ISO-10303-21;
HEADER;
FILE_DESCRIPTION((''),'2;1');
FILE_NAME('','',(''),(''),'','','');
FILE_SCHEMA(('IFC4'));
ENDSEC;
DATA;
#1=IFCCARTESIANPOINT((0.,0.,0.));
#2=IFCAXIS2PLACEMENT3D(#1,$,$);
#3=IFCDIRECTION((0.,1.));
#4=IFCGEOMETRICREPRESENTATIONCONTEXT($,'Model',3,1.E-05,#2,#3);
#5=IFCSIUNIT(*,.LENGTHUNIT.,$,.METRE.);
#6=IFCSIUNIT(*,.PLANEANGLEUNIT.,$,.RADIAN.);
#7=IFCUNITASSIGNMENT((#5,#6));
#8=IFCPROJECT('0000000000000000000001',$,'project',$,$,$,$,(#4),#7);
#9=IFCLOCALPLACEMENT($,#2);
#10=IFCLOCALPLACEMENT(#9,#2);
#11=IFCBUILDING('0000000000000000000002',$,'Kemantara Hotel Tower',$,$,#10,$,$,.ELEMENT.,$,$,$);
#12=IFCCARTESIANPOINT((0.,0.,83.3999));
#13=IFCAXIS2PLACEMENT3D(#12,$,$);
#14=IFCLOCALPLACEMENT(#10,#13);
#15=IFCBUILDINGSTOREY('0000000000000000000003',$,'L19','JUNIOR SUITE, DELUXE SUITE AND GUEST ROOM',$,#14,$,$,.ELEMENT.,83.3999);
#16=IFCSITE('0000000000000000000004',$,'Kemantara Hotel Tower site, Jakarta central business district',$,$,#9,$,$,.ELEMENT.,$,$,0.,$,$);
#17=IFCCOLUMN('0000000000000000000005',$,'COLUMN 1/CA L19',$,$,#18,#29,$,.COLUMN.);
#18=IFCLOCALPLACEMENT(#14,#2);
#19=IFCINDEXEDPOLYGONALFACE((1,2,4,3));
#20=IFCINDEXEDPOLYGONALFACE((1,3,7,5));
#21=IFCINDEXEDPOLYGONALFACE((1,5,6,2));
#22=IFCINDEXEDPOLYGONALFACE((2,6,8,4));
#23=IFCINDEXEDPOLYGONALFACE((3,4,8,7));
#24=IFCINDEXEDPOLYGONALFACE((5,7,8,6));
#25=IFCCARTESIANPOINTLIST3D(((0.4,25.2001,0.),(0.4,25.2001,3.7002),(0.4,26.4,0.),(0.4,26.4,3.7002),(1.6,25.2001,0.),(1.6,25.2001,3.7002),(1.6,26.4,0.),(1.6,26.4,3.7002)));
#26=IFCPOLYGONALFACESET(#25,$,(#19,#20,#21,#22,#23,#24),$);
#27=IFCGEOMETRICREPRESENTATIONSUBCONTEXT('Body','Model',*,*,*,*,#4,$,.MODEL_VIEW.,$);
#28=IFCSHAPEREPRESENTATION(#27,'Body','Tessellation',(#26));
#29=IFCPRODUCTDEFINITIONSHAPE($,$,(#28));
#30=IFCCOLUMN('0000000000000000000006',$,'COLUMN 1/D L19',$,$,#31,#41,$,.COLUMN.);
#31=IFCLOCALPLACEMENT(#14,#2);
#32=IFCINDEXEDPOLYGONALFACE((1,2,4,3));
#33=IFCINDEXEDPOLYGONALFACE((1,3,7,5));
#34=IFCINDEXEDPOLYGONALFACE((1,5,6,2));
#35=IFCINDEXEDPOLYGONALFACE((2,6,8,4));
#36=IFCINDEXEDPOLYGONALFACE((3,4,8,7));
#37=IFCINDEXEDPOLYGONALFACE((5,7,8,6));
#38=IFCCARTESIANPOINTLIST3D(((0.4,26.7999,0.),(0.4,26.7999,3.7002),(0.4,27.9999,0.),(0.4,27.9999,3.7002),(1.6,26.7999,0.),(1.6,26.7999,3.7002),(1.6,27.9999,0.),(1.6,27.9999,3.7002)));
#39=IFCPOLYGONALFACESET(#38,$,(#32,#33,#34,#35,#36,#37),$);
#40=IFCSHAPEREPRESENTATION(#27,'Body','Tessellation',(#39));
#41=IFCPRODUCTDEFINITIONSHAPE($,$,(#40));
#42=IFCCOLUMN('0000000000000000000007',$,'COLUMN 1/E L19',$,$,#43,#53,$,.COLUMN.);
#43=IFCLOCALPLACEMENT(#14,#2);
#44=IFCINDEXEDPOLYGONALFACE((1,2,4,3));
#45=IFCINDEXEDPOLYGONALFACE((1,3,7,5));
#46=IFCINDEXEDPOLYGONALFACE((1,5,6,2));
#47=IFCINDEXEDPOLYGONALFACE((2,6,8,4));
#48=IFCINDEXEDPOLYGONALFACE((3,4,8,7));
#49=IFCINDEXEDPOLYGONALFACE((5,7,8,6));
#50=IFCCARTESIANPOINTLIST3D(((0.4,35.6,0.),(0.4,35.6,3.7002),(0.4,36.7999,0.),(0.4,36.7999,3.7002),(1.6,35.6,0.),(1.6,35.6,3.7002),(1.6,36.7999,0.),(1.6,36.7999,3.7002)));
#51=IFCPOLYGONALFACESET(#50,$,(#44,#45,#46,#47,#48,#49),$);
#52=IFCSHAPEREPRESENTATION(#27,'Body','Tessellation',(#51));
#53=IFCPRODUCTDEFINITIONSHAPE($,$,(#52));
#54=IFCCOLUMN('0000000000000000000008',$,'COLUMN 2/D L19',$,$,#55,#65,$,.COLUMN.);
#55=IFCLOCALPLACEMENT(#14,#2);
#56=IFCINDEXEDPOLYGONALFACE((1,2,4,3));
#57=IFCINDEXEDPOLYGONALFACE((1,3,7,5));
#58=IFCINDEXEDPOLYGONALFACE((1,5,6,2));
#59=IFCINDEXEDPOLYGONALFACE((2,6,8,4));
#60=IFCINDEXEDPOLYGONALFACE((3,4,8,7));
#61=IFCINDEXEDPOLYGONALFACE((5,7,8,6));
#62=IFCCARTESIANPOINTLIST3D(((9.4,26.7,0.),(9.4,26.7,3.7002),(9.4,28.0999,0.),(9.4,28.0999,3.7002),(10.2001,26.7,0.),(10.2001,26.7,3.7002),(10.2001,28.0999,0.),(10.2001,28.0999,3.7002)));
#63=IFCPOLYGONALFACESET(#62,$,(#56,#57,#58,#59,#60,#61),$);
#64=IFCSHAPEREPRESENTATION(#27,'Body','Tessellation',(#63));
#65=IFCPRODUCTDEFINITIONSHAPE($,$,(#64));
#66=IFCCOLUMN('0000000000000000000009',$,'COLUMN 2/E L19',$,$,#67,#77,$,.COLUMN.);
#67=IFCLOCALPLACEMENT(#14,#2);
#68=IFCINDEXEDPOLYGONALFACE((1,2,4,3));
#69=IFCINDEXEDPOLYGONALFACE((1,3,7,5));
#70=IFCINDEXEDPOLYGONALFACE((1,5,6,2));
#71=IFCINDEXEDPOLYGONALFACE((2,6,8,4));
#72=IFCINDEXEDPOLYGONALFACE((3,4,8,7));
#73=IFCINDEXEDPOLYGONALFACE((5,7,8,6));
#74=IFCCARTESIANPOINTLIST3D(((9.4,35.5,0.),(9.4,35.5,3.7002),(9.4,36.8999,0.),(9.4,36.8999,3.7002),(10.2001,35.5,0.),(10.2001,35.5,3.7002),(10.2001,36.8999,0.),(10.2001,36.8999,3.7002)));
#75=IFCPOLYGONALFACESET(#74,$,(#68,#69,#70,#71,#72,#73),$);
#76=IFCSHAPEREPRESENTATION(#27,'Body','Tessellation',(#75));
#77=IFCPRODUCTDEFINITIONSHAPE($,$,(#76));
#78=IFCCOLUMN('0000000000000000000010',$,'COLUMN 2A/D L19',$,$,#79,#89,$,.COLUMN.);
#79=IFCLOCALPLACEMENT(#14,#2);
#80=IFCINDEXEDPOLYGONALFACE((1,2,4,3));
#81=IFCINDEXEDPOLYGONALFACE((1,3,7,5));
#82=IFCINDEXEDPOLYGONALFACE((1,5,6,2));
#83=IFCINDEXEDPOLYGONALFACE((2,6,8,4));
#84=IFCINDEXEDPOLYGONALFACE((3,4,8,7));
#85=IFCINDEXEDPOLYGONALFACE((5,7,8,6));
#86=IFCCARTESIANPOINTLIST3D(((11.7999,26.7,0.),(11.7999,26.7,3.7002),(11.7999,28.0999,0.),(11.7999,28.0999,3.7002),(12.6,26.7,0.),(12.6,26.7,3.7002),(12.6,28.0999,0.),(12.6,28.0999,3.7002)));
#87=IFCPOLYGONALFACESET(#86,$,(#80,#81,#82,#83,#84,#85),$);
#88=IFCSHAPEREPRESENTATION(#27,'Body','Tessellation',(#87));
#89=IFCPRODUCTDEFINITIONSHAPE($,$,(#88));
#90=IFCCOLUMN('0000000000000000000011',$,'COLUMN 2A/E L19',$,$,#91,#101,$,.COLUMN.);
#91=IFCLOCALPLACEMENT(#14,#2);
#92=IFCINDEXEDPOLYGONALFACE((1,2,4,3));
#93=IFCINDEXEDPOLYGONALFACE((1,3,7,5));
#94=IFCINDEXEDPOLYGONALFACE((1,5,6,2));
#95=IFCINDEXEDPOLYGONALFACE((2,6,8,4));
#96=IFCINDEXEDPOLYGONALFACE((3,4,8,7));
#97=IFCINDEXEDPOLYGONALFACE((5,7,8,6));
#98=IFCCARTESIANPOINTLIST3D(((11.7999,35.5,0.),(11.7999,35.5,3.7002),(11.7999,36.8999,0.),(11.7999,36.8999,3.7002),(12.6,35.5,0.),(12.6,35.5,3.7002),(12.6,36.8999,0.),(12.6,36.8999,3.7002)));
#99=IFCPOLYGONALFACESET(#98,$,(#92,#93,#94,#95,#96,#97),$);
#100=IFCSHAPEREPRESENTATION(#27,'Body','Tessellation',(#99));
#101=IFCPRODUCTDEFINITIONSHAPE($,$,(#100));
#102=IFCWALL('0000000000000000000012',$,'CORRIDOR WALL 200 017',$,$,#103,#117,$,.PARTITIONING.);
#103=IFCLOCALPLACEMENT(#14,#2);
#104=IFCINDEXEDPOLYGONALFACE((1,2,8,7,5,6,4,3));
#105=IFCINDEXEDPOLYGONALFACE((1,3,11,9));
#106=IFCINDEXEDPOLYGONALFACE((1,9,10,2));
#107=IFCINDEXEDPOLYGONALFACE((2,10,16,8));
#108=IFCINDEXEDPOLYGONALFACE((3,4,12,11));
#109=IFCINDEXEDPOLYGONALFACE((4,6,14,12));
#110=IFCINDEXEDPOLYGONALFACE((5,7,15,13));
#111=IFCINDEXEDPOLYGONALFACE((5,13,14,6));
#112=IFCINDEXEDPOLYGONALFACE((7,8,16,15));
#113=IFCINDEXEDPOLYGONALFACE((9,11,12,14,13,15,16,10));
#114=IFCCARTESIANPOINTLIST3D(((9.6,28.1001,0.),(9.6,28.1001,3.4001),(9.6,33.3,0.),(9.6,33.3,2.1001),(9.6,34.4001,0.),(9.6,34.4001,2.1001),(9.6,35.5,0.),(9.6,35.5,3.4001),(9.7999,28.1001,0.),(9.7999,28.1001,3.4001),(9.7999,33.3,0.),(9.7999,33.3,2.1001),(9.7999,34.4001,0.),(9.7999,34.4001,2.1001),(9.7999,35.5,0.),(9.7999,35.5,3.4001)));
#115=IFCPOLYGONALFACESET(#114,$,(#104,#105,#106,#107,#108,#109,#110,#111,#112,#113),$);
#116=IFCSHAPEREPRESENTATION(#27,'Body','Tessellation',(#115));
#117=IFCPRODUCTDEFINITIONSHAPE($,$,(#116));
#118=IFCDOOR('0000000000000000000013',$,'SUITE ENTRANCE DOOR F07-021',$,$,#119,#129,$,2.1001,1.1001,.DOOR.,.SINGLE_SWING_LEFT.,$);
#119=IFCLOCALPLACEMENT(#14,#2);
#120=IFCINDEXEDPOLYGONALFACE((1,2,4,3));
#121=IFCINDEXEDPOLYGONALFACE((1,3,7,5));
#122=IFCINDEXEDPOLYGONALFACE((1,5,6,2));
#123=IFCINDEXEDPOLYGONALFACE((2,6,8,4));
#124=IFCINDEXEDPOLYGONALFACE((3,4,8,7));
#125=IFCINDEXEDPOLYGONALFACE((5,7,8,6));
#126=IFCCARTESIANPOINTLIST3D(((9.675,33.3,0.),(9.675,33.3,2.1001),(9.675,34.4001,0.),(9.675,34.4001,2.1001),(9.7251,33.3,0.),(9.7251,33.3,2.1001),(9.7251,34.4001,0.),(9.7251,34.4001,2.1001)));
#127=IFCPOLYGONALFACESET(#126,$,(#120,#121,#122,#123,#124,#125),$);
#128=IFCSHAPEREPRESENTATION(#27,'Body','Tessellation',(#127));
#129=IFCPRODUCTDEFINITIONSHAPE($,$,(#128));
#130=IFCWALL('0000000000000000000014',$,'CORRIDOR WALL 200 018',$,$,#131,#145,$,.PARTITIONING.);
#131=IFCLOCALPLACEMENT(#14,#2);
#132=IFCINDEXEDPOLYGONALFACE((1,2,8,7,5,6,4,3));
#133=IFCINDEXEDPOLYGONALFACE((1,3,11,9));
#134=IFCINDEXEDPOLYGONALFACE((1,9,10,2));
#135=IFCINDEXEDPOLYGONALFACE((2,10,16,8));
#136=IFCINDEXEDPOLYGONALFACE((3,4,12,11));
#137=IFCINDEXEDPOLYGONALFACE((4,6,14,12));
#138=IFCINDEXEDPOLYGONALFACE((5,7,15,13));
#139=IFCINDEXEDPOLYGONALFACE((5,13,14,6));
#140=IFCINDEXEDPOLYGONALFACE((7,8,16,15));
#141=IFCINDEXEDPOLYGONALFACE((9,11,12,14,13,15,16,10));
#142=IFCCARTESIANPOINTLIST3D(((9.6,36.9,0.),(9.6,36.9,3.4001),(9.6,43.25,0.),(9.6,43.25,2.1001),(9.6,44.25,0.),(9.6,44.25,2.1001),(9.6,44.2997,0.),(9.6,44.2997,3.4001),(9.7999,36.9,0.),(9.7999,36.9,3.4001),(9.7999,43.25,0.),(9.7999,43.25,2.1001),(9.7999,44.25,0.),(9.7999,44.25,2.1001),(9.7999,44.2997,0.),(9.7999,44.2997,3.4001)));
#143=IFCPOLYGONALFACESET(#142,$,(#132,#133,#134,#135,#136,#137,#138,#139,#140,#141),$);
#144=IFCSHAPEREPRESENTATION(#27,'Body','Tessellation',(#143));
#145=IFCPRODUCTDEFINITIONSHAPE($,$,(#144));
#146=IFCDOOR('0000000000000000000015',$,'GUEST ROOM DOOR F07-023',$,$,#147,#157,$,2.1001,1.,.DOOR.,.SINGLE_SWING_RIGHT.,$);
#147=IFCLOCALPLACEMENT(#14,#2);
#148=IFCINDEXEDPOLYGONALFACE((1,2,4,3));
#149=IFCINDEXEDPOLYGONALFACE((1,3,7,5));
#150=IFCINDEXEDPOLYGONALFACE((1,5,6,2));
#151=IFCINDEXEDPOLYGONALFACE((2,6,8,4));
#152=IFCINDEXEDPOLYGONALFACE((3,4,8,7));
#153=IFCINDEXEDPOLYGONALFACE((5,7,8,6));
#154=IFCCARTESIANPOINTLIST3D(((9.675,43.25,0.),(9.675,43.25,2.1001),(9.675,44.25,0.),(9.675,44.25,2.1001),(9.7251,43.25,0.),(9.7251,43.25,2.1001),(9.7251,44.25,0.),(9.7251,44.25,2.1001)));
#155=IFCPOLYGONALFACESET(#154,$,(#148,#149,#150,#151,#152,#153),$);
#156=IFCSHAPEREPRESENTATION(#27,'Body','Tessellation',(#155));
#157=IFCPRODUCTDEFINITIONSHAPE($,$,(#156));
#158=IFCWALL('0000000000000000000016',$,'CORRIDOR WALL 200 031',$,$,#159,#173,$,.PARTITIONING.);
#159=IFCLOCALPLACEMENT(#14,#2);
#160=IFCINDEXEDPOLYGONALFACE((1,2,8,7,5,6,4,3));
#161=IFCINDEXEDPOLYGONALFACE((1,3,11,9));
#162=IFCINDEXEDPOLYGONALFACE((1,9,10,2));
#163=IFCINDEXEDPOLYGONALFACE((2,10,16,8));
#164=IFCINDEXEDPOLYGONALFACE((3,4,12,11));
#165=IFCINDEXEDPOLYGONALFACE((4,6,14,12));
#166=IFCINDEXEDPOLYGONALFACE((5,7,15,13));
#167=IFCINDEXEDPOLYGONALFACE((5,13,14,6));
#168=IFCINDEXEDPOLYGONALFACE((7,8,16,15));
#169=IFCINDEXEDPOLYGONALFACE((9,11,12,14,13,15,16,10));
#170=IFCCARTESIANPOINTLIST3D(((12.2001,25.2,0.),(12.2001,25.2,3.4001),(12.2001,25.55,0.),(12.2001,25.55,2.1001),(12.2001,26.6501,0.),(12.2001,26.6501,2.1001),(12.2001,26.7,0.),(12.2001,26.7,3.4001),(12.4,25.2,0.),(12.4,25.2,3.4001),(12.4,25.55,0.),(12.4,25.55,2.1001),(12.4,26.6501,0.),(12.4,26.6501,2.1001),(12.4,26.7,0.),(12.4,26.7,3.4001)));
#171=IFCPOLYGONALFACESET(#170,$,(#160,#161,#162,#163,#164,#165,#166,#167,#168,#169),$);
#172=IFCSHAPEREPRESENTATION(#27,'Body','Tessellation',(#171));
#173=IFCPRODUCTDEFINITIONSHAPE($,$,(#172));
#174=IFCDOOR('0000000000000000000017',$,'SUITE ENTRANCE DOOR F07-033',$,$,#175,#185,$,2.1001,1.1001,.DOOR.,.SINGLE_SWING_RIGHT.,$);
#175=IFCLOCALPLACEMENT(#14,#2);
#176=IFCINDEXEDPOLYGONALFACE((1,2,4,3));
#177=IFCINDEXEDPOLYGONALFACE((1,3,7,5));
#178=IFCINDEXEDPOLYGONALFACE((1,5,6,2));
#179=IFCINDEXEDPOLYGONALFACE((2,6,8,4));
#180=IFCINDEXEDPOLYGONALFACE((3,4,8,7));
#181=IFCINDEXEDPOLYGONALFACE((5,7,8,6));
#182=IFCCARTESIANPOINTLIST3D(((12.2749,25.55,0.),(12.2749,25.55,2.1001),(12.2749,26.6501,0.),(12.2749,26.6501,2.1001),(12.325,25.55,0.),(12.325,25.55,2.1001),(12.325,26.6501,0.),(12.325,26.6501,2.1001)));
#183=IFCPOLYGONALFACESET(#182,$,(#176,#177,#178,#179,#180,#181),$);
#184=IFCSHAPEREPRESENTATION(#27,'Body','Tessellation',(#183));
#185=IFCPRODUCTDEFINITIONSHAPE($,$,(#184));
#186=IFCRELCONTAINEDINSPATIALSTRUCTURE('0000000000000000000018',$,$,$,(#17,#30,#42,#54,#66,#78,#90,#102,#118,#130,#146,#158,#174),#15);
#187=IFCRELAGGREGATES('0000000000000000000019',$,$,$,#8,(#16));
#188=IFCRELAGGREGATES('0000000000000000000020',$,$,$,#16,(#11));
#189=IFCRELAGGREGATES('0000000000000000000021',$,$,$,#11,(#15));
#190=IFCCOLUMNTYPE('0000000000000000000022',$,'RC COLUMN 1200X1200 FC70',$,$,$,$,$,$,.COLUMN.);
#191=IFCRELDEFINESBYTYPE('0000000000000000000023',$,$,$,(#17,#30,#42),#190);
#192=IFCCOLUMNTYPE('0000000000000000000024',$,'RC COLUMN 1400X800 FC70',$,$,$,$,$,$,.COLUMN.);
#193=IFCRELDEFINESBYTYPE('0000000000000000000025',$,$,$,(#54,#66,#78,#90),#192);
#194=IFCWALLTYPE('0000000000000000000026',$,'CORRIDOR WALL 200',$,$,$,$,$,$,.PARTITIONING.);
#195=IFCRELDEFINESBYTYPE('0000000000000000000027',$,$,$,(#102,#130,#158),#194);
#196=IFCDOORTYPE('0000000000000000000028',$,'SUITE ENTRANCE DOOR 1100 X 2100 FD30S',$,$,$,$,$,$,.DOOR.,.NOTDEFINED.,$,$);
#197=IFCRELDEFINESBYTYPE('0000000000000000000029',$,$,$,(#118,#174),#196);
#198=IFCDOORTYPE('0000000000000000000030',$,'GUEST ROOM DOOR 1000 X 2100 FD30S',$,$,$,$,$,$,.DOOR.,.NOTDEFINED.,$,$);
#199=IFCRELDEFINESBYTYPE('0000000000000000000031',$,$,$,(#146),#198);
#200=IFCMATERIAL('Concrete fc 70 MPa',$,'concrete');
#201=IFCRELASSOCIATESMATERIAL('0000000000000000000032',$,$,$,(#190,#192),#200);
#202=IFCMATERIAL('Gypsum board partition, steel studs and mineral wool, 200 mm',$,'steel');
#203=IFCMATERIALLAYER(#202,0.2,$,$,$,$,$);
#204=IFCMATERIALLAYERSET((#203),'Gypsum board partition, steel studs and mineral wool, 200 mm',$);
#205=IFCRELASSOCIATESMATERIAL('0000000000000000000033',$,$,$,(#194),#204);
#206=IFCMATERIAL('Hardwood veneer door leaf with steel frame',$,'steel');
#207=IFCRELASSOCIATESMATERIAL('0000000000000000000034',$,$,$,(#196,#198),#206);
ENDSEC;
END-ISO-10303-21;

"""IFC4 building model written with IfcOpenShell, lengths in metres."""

from ifc_helpers import new_model, si_unit, direction, frame, frame_2d, origin, origin_2d, place, context, subcontext, project, spatial, rectangle, extrude, material, layer, layer_set, material_profile, profile_set, type_object, element, fill, save


model = new_model("IFC4")

# Units and contexts
model_context = context("Model", 3, precision=1e-05, world=origin(), true_north=direction((0.0, 1.0)))
body_context = subcontext(model_context, "Body", "Model", "MODEL_VIEW")
ifc_project = project(units=[si_unit("LENGTHUNIT", "METRE"), si_unit("PLANEANGLEUNIT", "RADIAN")], contexts=[model_context])

# Site, building, storey
site_placement = place(None, origin())
site = spatial("IfcSite", under=ifc_project, at=site_placement, Name="Kemantara Hotel Tower site, Jakarta central business district", CompositionType="ELEMENT", RefElevation=0.0)
building_placement = place(site_placement, origin())
building = spatial("IfcBuilding", under=site, at=building_placement, Name="Kemantara Hotel Tower", CompositionType="ELEMENT")
storey_placement = place(building_placement, frame((0.0, 0.0, 83.3999)))
storey = spatial("IfcBuildingStorey", under=building, at=storey_placement, Name="L19", Description="JUNIOR SUITE, DELUXE SUITE AND GUEST ROOM", CompositionType="ELEMENT", Elevation=83.3999)

# Columns
ifc_material_1 = material(Name="Concrete fc 70 MPa", Category="concrete")
ifc_material_profile_1 = material_profile(ifc_material_1, rectangle(XDim=1.2, YDim=1.2, at=origin_2d()), Name="RC 1200X1200")
ifc_profile_set_1 = profile_set([ifc_material_profile_1], Name="Concrete fc 70 MPa")
column_type_1 = type_object("IfcColumnType", Name="RC COLUMN 1200X1200 FC70", PredefinedType="COLUMN", material=ifc_profile_set_1)
for number, where, z_axis, x_axis, name in (
    (1, (1.0, 25.8, 0.0), (0.0, 0.0, 1.0), (1.0, 0.0, 0.0), "COLUMN 1/CA L19"),
    (2, (1.0, 27.3999, 0.0), (0.0, 0.0, 1.0), (1.0, 0.0, 0.0), "COLUMN 1/D L19"),
    (3, (1.0, 36.2, 0.0), (0.0, 0.0, 1.0), (1.0, 0.0, 0.0), "COLUMN 1/E L19"),
):
    element("IfcColumn", number, at=place(storey_placement, frame(where, z_axis=z_axis, x_axis=x_axis)), inside=storey, type_object=column_type_1, Name=name, PredefinedType="COLUMN", context=body_context, shape_type="SweptSolid", body=[
        extrude(rectangle(XDim=1.2, YDim=1.2, at=origin_2d()), origin(), (0.0, 0.0, 1.0), 3.7002),
    ])
ifc_material_profile_2 = material_profile(ifc_material_1, rectangle(XDim=1.3999, YDim=0.8, at=origin_2d()), Name="RC 1400X800")
ifc_profile_set_2 = profile_set([ifc_material_profile_2], Name="Concrete fc 70 MPa")
column_type_2 = type_object("IfcColumnType", Name="RC COLUMN 1400X800 FC70", PredefinedType="COLUMN", material=ifc_profile_set_2)
for number, where, z_axis, x_axis, name in (
    (4, (9.8, 27.3999, 0.0), (0.0, 0.0, 1.0), (0.0, 1.0, 0.0), "COLUMN 2/D L19"),
    (5, (9.8, 36.2, 0.0), (0.0, 0.0, 1.0), (0.0, 1.0, 0.0), "COLUMN 2/E L19"),
    (6, (12.2, 27.3999, 0.0), (0.0, 0.0, 1.0), (0.0, 1.0, 0.0), "COLUMN 2A/D L19"),
    (7, (12.2, 36.2, 0.0), (0.0, 0.0, 1.0), (0.0, 1.0, 0.0), "COLUMN 2A/E L19"),
):
    element("IfcColumn", number, at=place(storey_placement, frame(where, z_axis=z_axis, x_axis=x_axis)), inside=storey, type_object=column_type_2, Name=name, PredefinedType="COLUMN", context=body_context, shape_type="SweptSolid", body=[
        extrude(rectangle(XDim=1.3999, YDim=0.8, at=origin_2d()), origin(), (0.0, 0.0, 1.0), 3.7002),
    ])

# Walls, openings, doors
ifc_material_2 = material(Name="Gypsum board partition, steel studs and mineral wool, 200 mm", Category="steel")
ifc_layer_1 = layer(ifc_material_2, 0.2)
ifc_layer_set_1 = layer_set([ifc_layer_1], Name="Gypsum board partition, steel studs and mineral wool, 200 mm")
wall_type_1 = type_object("IfcWallType", Name="CORRIDOR WALL 200", PredefinedType="PARTITIONING", material=ifc_layer_set_1)
wall_1_placement = place(storey_placement, frame((9.7, 28.1001, 0.0), z_axis=(0.0, 0.0, 1.0), x_axis=(0.0, 1.0, 0.0)))
wall_1 = element("IfcWall", 8, at=wall_1_placement, inside=storey, type_object=wall_type_1, Name="CORRIDOR WALL 200 017", PredefinedType="PARTITIONING", context=body_context, shape_type="SweptSolid", body=[
    extrude(rectangle(XDim=7.3999, YDim=0.2, at=frame_2d((3.7, 0.0))), origin(), (0.0, 0.0, 1.0), 3.4001),
])
opening_1_placement = place(wall_1_placement, frame((5.2, 0.0, 0.0)))
opening_1 = element("IfcOpeningElement", 9, at=opening_1_placement, cuts=wall_1, PredefinedType="OPENING", context=body_context, shape_type="SweptSolid", body=[
    extrude(rectangle(XDim=1.1001, YDim=2.1001, at=frame_2d((0.55, 1.05))), frame((0.0, 0.1099, 0.0), z_axis=(0.0, -1.0, 0.0), x_axis=(1.0, 0.0, 0.0)), (0.0, 0.0, 1.0), 0.22),
])
ifc_material_3 = material(Name="Hardwood veneer door leaf with steel frame", Category="steel")
door_type_1 = type_object("IfcDoorType", Name="SUITE ENTRANCE DOOR 1100 X 2100 FD30S", OperationType="NOTDEFINED", PredefinedType="DOOR", material=ifc_material_3)
door_1_placement = place(opening_1_placement, origin())
door_1 = element("IfcDoor", 10, at=door_1_placement, inside=storey, type_object=door_type_1, Name="SUITE ENTRANCE DOOR F07-021", OperationType="SINGLE_SWING_LEFT", OverallHeight=2.1001, OverallWidth=1.1001, PredefinedType="DOOR", context=body_context, shape_type="SweptSolid", body=[
    extrude(rectangle(XDim=1.1001, YDim=2.1001, at=frame_2d((0.55, 1.05))), frame((0.0, 0.0249, 0.0), z_axis=(0.0, -1.0, 0.0), x_axis=(1.0, 0.0, 0.0)), (0.0, 0.0, 1.0), 0.05),
])
fill(opening_1, door_1)
wall_2_placement = place(storey_placement, frame((9.7, 36.9001, 0.0), z_axis=(0.0, 0.0, 1.0), x_axis=(0.0, 1.0, 0.0)))
wall_2 = element("IfcWall", 11, at=wall_2_placement, inside=storey, type_object=wall_type_1, Name="CORRIDOR WALL 200 018", PredefinedType="PARTITIONING", context=body_context, shape_type="SweptSolid", body=[
    extrude(rectangle(XDim=7.3997, YDim=0.2, at=frame_2d((3.6997, 0.0))), origin(), (0.0, 0.0, 1.0), 3.4001),
])
opening_2_placement = place(wall_2_placement, frame((6.3499, 0.0, 0.0)))
opening_2 = element("IfcOpeningElement", 12, at=opening_2_placement, cuts=wall_2, PredefinedType="OPENING", context=body_context, shape_type="SweptSolid", body=[
    extrude(rectangle(XDim=1.0, YDim=2.1001, at=frame_2d((0.5, 1.05))), frame((0.0, 0.1099, 0.0), z_axis=(0.0, -1.0, 0.0), x_axis=(1.0, 0.0, 0.0)), (0.0, 0.0, 1.0), 0.22),
])
door_type_2 = type_object("IfcDoorType", Name="GUEST ROOM DOOR 1000 X 2100 FD30S", OperationType="NOTDEFINED", PredefinedType="DOOR", material=ifc_material_3)
door_2_placement = place(opening_2_placement, origin())
door_2 = element("IfcDoor", 13, at=door_2_placement, inside=storey, type_object=door_type_2, Name="GUEST ROOM DOOR F07-023", OperationType="SINGLE_SWING_RIGHT", OverallHeight=2.1001, OverallWidth=1.0, PredefinedType="DOOR", context=body_context, shape_type="SweptSolid", body=[
    extrude(rectangle(XDim=1.0, YDim=2.1001, at=frame_2d((0.5, 1.05))), frame((0.0, 0.0249, 0.0), z_axis=(0.0, -1.0, 0.0), x_axis=(1.0, 0.0, 0.0)), (0.0, 0.0, 1.0), 0.05),
])
fill(opening_2, door_2)
wall_3_placement = place(storey_placement, frame((12.3, 26.7, 0.0), z_axis=(0.0, 0.0, 1.0), x_axis=(0.0, -1.0, 0.0)))
wall_3 = element("IfcWall", 14, at=wall_3_placement, inside=storey, type_object=wall_type_1, Name="CORRIDOR WALL 200 031", PredefinedType="PARTITIONING", context=body_context, shape_type="SweptSolid", body=[
    extrude(rectangle(XDim=1.5, YDim=0.2, at=frame_2d((0.75, 0.0))), origin(), (0.0, 0.0, 1.0), 3.4001),
])
opening_3_placement = place(wall_3_placement, frame((0.0498, 0.0, 0.0)))
opening_3 = element("IfcOpeningElement", 15, at=opening_3_placement, cuts=wall_3, PredefinedType="OPENING", context=body_context, shape_type="SweptSolid", body=[
    extrude(rectangle(XDim=1.1001, YDim=2.1001, at=frame_2d((0.55, 1.05))), frame((0.0, 0.1099, 0.0), z_axis=(0.0, -1.0, 0.0), x_axis=(1.0, 0.0, 0.0)), (0.0, 0.0, 1.0), 0.22),
])
door_3_placement = place(opening_3_placement, origin())
door_3 = element("IfcDoor", 16, at=door_3_placement, inside=storey, type_object=door_type_1, Name="SUITE ENTRANCE DOOR F07-033", OperationType="SINGLE_SWING_RIGHT", OverallHeight=2.1001, OverallWidth=1.1001, PredefinedType="DOOR", context=body_context, shape_type="SweptSolid", body=[
    extrude(rectangle(XDim=1.1001, YDim=2.1001, at=frame_2d((0.55, 1.05))), frame((0.0, 0.0249, 0.0), z_axis=(0.0, -1.0, 0.0), x_axis=(1.0, 0.0, 0.0)), (0.0, 0.0, 1.0), 0.05),
])
fill(opening_3, door_3)

save(model, "model.ifc")
